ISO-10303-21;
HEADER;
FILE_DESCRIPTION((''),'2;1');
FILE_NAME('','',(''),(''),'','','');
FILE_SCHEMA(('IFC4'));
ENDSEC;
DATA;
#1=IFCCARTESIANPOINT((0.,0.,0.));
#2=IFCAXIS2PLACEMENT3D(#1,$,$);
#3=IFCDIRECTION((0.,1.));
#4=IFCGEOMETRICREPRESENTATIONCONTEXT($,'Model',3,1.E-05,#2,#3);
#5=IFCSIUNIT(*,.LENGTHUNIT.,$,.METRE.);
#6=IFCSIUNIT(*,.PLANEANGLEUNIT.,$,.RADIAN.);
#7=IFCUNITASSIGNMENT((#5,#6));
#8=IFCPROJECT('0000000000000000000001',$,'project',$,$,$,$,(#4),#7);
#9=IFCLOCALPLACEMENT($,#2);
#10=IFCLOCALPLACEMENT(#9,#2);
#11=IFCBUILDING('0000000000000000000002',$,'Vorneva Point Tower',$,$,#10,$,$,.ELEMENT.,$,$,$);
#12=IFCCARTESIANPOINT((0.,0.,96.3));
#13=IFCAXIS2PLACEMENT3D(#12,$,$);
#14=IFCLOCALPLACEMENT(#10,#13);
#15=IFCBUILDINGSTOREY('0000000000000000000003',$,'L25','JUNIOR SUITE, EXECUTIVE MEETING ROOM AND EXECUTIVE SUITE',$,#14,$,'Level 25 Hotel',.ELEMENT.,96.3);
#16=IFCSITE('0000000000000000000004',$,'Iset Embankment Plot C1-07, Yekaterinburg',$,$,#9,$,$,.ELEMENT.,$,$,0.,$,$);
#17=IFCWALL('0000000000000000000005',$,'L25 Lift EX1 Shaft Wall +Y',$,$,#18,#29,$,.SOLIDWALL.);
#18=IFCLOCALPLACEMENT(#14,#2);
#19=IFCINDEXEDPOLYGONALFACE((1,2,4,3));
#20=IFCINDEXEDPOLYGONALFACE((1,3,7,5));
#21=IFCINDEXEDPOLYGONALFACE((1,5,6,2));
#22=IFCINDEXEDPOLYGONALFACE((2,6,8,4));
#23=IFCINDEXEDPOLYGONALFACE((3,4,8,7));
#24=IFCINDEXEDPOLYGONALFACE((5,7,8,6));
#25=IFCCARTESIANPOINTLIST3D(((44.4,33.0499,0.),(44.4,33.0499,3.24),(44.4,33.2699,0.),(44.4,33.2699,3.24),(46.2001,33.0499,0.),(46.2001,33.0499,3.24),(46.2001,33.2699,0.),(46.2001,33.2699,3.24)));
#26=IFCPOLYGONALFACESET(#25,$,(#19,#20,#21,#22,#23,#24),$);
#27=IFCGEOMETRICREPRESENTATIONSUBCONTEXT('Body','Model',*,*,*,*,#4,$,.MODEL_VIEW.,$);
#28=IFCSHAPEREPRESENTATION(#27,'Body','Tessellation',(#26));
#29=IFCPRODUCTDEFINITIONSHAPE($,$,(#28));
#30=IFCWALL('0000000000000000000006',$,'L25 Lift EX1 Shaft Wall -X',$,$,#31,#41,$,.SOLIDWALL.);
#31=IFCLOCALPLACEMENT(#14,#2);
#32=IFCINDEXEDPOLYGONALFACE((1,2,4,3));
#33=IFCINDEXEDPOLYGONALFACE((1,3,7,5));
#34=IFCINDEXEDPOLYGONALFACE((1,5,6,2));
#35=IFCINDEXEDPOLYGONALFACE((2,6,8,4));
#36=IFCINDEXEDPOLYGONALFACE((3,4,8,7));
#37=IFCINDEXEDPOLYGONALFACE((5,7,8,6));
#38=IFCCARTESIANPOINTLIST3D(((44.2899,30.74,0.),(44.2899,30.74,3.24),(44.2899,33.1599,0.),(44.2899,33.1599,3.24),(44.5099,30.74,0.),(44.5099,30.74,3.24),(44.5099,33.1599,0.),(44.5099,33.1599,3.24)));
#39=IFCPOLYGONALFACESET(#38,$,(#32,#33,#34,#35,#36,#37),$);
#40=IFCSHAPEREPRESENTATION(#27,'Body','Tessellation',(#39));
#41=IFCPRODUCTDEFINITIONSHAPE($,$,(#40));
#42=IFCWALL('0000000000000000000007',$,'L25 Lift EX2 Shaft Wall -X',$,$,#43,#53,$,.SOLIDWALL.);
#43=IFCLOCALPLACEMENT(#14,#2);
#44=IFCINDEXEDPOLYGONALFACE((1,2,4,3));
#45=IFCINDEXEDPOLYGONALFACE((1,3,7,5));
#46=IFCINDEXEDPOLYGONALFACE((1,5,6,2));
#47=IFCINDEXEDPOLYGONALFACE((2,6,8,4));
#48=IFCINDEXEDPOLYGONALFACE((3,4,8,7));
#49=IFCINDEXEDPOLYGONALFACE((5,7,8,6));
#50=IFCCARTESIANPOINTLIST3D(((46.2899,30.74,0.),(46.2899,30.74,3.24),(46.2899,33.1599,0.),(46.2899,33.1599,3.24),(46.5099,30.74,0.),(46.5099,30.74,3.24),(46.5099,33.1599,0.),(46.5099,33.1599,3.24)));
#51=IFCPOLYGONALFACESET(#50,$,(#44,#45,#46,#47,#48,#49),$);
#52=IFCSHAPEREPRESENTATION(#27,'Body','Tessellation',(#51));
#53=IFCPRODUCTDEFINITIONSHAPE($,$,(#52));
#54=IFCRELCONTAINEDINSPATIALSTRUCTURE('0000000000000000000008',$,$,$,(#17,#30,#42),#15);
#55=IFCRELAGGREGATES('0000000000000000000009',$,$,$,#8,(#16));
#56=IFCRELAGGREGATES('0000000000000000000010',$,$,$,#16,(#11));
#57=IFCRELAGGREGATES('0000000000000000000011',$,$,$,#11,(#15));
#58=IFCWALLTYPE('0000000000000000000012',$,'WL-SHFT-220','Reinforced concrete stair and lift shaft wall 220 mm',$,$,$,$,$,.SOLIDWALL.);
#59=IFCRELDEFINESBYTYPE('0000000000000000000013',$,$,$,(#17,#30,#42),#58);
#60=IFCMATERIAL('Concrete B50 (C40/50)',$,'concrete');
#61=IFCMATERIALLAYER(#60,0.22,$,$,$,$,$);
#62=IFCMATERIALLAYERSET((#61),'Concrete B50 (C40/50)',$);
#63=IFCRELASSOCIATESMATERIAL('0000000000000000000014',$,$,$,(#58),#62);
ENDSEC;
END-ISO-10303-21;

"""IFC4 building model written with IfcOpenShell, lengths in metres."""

from ifc_helpers import new_model, si_unit, direction, frame, frame_2d, origin, place, context, subcontext, project, spatial, rectangle, extrude, material, layer, layer_set, type_object, element, save


model = new_model("IFC4")

# Units and contexts
model_context = context("Model", 3, precision=1e-05, world=origin(), true_north=direction((0.0, 1.0)))
body_context = subcontext(model_context, "Body", "Model", "MODEL_VIEW")
ifc_project = project(units=[si_unit("LENGTHUNIT", "METRE"), si_unit("PLANEANGLEUNIT", "RADIAN")], contexts=[model_context])

# Site, building, storey
site_placement = place(None, origin())
site = spatial("IfcSite", under=ifc_project, at=site_placement, Name="Iset Embankment Plot C1-07, Yekaterinburg", CompositionType="ELEMENT", RefElevation=0.0)
building_placement = place(site_placement, origin())
building = spatial("IfcBuilding", under=site, at=building_placement, Name="Vorneva Point Tower", CompositionType="ELEMENT")
storey_placement = place(building_placement, frame((0.0, 0.0, 96.3)))
storey = spatial("IfcBuildingStorey", under=building, at=storey_placement, Name="L25", Description="JUNIOR SUITE, EXECUTIVE MEETING ROOM AND EXECUTIVE SUITE", LongName="Level 25 Hotel", CompositionType="ELEMENT", Elevation=96.3)

# Walls
ifc_material_1 = material(Name="Concrete B50 (C40/50)", Category="concrete")
ifc_layer_1 = layer(ifc_material_1, 0.22)
ifc_layer_set_1 = layer_set([ifc_layer_1], Name="Concrete B50 (C40/50)")
wall_type_1 = type_object("IfcWallType", Name="WL-SHFT-220", Description="Reinforced concrete stair and lift shaft wall 220 mm", PredefinedType="SOLIDWALL", material=ifc_layer_set_1)
wall_1_placement = place(storey_placement, frame((46.2, 33.1599, 0.0), z_axis=(0.0, 0.0, 1.0), x_axis=(-1.0, 0.0, 0.0)))
element("IfcWall", 1, at=wall_1_placement, inside=storey, type_object=wall_type_1, Name="L25 Lift EX1 Shaft Wall +Y", PredefinedType="SOLIDWALL", context=body_context, shape_type="SweptSolid", body=[
    extrude(rectangle(XDim=1.8, YDim=0.22, at=frame_2d((0.8999, 0.0))), origin(), (0.0, 0.0, 1.0), 3.24),
])
for number, where, z_axis, x_axis, name in (
    (2, (44.3999, 33.1599, 0.0), (0.0, 0.0, 1.0), (0.0, -1.0, 0.0), "L25 Lift EX1 Shaft Wall -X"),
    (3, (46.3999, 33.1599, 0.0), (0.0, 0.0, 1.0), (0.0, -1.0, 0.0), "L25 Lift EX2 Shaft Wall -X"),
):
    element("IfcWall", number, at=place(storey_placement, frame(where, z_axis=z_axis, x_axis=x_axis)), inside=storey, type_object=wall_type_1, Name=name, PredefinedType="SOLIDWALL", context=body_context, shape_type="SweptSolid", body=[
        extrude(rectangle(XDim=2.4199, YDim=0.22, at=frame_2d((1.21, 0.0))), origin(), (0.0, 0.0, 1.0), 3.24),
    ])

save(model, "model.ifc")
